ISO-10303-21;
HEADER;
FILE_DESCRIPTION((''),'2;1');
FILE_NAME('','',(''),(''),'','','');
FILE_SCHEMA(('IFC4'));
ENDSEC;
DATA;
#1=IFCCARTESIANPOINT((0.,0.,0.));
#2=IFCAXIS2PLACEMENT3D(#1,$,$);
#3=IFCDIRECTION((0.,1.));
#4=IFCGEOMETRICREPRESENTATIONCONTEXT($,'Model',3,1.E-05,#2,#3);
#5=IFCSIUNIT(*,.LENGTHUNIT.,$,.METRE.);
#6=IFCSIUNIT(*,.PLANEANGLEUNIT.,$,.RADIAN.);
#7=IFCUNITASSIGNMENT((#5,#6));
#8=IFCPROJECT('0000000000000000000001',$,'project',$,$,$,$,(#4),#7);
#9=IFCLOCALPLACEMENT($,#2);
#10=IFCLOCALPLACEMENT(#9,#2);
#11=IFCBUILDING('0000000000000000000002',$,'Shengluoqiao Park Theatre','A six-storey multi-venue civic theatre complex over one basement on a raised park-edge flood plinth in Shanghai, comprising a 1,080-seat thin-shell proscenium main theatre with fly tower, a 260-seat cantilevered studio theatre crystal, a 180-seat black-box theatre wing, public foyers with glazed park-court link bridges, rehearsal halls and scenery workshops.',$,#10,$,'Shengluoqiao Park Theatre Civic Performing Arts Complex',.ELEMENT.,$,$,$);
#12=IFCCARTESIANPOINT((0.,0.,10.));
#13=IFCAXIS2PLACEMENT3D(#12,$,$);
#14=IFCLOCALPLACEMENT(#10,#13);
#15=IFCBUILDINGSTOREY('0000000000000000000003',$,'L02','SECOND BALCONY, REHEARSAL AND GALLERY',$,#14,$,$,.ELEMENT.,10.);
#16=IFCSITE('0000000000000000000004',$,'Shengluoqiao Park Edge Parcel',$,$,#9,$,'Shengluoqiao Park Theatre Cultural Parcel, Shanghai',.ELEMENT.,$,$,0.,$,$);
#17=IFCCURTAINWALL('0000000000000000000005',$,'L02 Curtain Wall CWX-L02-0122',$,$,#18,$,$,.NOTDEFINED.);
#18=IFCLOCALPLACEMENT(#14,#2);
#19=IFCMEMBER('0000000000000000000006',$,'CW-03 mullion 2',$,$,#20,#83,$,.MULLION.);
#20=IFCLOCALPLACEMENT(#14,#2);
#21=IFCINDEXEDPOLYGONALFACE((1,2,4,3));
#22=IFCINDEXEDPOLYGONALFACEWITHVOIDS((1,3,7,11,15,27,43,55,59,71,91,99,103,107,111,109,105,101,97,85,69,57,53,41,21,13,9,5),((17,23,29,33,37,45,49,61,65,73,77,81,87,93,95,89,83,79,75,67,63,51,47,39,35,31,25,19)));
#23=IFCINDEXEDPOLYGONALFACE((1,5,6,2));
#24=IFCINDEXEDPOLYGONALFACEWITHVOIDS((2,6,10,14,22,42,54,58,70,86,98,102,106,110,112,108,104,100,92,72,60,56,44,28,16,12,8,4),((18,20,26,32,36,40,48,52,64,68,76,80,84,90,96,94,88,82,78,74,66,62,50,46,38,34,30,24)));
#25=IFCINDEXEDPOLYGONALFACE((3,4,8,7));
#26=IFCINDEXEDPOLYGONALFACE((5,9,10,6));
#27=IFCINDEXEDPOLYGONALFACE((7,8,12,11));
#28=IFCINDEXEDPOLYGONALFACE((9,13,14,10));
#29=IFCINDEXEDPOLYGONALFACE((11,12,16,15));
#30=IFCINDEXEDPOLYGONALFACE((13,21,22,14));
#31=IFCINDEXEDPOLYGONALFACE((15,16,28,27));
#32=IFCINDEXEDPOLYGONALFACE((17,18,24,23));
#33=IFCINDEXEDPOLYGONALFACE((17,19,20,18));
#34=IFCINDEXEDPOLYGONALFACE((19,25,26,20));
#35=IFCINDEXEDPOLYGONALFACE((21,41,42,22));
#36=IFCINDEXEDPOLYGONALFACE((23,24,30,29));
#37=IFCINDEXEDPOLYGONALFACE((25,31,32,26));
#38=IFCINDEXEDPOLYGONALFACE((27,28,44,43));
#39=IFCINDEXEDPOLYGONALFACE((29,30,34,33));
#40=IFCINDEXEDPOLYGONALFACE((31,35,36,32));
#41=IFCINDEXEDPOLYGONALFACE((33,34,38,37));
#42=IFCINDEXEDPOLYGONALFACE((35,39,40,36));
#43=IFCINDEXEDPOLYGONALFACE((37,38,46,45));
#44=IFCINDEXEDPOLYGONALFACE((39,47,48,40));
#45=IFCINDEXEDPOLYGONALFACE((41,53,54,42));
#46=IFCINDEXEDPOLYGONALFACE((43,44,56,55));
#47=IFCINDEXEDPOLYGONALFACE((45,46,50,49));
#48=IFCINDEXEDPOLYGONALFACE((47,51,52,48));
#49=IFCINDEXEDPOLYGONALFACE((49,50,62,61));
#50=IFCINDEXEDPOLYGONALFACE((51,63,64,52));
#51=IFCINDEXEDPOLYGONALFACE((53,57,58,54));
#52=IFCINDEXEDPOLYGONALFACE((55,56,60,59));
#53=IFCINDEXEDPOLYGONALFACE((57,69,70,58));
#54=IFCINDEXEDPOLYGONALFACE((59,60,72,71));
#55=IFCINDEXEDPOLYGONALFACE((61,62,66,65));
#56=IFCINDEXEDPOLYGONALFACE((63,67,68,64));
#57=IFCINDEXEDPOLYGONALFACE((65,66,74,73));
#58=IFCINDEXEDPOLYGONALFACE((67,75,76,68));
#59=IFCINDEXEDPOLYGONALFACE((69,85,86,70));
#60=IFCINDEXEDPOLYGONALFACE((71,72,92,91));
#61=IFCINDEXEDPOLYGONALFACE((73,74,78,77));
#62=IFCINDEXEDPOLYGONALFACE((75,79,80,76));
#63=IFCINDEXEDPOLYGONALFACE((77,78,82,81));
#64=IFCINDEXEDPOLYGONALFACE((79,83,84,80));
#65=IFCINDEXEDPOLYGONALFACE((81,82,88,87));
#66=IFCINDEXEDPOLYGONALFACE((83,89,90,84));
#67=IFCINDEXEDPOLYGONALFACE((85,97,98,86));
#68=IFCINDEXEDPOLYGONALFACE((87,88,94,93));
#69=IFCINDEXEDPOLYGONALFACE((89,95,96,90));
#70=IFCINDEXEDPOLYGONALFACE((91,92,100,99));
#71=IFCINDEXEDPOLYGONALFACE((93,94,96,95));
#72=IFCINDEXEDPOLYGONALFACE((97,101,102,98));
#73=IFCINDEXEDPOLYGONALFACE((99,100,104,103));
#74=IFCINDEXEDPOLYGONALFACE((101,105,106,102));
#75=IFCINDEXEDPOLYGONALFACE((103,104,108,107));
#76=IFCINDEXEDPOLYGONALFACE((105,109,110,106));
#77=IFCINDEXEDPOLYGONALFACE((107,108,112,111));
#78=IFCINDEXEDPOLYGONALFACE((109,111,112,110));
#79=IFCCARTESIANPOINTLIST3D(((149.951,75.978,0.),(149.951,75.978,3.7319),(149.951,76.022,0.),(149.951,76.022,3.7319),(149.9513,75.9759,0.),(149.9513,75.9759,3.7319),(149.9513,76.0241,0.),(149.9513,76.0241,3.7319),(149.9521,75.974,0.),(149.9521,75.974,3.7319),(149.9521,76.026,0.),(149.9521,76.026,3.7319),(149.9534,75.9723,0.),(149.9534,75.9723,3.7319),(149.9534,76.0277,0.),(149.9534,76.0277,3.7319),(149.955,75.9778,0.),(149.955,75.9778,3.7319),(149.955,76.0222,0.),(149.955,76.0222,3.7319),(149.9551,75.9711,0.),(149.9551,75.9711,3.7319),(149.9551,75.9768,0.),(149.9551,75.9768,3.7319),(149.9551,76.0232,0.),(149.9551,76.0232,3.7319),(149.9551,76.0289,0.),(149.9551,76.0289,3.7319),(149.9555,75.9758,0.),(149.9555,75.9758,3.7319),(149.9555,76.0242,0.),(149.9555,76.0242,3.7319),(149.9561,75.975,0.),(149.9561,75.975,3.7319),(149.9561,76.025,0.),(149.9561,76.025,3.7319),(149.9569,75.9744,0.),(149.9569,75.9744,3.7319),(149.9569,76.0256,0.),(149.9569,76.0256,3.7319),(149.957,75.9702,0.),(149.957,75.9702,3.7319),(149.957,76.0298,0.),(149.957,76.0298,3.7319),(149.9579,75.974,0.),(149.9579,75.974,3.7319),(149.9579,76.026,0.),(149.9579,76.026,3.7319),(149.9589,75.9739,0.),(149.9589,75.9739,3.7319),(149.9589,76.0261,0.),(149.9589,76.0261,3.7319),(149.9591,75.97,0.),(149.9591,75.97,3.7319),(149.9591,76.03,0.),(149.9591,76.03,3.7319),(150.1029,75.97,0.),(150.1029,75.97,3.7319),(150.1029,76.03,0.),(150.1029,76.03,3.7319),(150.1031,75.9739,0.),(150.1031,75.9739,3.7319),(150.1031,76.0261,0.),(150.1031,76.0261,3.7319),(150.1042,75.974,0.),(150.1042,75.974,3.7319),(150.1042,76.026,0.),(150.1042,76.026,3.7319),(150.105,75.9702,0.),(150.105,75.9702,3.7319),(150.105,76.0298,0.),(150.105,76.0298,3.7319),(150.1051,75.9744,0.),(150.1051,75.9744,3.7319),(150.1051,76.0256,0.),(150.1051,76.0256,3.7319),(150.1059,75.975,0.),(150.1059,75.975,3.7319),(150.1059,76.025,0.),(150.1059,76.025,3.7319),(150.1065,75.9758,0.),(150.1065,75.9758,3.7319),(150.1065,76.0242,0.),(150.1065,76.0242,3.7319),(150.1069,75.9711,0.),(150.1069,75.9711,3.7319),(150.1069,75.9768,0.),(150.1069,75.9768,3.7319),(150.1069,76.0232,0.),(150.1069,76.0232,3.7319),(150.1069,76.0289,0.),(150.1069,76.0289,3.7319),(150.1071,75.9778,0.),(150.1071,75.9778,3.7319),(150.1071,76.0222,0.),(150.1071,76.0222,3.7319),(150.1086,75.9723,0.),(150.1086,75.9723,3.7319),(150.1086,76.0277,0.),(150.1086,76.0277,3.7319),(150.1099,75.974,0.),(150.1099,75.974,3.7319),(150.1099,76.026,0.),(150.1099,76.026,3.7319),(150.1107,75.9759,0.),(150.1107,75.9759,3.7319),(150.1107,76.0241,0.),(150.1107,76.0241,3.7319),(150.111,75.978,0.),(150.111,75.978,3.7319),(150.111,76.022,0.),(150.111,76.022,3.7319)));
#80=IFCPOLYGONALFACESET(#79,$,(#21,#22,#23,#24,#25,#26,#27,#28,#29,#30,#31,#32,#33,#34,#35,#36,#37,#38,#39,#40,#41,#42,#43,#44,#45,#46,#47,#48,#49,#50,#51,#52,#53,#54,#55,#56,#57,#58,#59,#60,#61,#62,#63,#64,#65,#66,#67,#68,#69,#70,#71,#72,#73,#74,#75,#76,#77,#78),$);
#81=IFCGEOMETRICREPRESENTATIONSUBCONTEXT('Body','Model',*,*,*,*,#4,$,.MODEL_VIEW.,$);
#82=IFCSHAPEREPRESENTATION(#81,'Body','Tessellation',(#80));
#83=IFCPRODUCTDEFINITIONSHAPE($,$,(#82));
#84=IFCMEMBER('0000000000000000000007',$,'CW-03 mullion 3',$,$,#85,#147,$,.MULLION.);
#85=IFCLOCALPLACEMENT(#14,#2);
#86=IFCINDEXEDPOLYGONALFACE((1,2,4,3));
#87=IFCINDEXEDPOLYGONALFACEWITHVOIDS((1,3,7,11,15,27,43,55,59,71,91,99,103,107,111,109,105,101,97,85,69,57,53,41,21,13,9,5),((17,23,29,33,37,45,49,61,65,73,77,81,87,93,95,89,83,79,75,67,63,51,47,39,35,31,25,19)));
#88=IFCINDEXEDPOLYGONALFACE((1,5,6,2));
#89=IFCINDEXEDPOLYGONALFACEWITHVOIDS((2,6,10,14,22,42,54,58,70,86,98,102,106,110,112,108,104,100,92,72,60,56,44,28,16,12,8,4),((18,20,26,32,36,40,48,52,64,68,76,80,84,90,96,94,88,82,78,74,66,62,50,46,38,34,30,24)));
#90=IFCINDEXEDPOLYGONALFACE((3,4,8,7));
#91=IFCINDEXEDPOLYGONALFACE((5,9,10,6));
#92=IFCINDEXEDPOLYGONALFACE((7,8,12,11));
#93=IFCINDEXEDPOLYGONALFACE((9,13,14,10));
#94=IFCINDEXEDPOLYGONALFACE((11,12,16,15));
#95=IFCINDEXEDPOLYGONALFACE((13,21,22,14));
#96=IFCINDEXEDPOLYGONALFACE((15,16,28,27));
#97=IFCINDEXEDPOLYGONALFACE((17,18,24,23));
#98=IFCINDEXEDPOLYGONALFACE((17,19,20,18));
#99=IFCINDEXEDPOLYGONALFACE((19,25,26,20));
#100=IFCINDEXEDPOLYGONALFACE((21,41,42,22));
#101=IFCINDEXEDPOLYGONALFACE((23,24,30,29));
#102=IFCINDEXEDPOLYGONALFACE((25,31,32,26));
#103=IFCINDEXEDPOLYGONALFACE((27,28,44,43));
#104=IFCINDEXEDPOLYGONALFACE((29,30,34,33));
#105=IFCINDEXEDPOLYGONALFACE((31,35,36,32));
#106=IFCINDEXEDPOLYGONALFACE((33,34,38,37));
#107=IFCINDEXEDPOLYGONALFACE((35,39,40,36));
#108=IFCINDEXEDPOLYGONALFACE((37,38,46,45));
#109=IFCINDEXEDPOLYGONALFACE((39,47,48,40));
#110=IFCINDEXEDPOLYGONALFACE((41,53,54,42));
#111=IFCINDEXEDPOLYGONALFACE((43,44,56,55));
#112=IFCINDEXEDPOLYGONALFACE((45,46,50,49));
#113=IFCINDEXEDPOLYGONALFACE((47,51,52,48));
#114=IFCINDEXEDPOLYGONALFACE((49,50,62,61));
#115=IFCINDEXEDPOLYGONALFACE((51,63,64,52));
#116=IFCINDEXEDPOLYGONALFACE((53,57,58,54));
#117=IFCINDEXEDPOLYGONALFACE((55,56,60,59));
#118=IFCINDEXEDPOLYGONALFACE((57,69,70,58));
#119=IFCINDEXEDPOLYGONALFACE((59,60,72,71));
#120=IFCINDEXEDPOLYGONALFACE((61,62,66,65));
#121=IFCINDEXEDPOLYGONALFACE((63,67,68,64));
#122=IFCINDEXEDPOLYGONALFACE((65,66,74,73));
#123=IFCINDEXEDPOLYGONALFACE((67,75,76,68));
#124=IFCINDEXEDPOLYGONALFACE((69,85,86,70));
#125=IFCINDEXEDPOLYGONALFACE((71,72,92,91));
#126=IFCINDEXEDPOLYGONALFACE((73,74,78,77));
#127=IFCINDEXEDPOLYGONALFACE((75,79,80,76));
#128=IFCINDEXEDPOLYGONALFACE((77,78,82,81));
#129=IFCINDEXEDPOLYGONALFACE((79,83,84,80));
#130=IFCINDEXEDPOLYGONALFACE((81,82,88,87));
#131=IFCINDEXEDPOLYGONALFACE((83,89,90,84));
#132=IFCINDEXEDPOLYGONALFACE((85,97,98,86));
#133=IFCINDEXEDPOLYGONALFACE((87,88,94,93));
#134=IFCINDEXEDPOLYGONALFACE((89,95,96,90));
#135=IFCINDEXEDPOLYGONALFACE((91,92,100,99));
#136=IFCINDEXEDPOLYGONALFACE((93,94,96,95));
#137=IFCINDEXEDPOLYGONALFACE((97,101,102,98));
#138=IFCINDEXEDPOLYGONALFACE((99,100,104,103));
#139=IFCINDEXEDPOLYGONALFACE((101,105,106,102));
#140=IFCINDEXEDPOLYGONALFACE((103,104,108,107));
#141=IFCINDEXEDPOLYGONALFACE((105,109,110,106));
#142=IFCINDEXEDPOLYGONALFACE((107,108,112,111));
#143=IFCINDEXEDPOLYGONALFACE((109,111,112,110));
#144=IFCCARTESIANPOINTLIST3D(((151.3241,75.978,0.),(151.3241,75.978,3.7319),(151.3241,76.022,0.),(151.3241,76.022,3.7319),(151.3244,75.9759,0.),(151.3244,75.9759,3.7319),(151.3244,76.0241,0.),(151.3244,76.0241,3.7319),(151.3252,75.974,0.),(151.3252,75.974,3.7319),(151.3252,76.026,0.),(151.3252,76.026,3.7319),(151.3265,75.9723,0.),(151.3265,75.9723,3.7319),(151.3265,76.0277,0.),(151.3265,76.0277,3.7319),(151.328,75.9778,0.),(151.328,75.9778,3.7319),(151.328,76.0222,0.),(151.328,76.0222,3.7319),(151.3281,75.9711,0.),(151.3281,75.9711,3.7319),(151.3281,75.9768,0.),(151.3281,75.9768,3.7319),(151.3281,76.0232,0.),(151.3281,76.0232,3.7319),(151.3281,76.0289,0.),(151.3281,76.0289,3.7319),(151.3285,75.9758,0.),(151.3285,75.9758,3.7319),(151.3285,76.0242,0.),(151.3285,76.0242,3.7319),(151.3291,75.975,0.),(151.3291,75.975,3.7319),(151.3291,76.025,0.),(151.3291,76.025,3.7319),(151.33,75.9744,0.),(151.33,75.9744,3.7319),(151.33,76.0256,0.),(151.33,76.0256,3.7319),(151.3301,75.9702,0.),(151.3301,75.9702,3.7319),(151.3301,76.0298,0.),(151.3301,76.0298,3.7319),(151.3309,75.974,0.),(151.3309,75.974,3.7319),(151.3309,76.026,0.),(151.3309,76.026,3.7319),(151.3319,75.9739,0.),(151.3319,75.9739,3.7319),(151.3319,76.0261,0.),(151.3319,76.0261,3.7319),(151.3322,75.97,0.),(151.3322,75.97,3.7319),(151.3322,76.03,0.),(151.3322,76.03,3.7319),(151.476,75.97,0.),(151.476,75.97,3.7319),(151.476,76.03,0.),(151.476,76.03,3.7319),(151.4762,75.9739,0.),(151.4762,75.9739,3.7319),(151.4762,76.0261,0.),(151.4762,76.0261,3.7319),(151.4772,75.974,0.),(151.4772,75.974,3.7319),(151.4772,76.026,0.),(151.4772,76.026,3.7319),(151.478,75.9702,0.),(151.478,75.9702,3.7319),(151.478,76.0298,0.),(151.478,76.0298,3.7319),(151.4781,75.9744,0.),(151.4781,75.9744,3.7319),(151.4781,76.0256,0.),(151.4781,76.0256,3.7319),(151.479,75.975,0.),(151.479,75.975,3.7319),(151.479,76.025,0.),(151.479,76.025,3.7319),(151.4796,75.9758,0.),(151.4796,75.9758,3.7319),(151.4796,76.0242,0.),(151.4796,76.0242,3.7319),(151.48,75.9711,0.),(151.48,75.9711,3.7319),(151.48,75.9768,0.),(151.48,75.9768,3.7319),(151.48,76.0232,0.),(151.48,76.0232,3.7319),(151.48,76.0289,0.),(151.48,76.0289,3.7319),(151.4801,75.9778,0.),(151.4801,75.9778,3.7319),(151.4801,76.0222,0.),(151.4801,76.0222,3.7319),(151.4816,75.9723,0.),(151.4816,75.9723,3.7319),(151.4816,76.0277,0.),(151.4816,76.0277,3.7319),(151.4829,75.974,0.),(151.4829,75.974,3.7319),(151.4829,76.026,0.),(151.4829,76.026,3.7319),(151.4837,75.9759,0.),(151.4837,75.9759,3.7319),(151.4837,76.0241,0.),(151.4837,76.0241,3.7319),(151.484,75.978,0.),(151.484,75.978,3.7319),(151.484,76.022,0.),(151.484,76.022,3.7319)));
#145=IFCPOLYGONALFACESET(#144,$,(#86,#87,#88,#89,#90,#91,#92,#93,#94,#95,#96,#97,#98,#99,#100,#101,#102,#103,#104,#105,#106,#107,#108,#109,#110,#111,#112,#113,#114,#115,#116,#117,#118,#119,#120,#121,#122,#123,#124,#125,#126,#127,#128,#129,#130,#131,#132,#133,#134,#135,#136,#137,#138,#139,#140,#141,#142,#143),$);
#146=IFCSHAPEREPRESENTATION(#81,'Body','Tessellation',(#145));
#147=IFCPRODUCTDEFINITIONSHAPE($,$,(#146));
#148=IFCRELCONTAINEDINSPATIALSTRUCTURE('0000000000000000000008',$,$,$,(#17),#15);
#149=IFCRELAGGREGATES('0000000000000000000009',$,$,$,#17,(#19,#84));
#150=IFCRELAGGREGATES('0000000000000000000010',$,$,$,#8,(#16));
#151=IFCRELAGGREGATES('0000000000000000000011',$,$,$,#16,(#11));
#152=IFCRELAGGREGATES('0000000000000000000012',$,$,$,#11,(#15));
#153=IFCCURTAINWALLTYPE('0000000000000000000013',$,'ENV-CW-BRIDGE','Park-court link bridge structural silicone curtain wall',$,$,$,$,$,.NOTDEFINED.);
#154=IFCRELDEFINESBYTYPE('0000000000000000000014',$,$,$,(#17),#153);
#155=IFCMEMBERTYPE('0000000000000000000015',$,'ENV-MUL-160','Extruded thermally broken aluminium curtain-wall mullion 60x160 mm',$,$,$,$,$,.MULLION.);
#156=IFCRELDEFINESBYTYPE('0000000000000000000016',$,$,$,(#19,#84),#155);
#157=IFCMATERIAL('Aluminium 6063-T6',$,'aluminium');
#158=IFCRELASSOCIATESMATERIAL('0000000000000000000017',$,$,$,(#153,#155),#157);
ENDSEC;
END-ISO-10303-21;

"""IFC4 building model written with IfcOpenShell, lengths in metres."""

from ifc_helpers import new_model, si_unit, direction, frame, origin, origin_2d, place, context, subcontext, project, spatial, hollow_rectangle, extrude, material, material_profile, profile_set, type_object, element, aggregate, save


model = new_model("IFC4")

# Units and contexts
model_context = context("Model", 3, precision=1e-05, world=origin(), true_north=direction((0.0, 1.0)))
body_context = subcontext(model_context, "Body", "Model", "MODEL_VIEW")
ifc_project = project(units=[si_unit("LENGTHUNIT", "METRE"), si_unit("PLANEANGLEUNIT", "RADIAN")], contexts=[model_context])

# Site, building, storey
site_placement = place(None, origin())
site = spatial("IfcSite", under=ifc_project, at=site_placement, Name="Shengluoqiao Park Edge Parcel", LongName="Shengluoqiao Park Theatre Cultural Parcel, Shanghai", CompositionType="ELEMENT", RefElevation=0.0)
building_placement = place(site_placement, origin())
building = spatial("IfcBuilding", under=site, at=building_placement, Name="Shengluoqiao Park Theatre", Description="A six-storey multi-venue civic theatre complex over one basement on a raised park-edge flood plinth in Shanghai, comprising a 1,080-seat thin-shell proscenium main theatre with fly tower, a 260-seat cantilevered studio theatre crystal, a 180-seat black-box theatre wing, public foyers with glazed park-court link bridges, rehearsal halls and scenery workshops.", LongName="Shengluoqiao Park Theatre Civic Performing Arts Complex", CompositionType="ELEMENT")
storey_placement = place(building_placement, frame((0.0, 0.0, 10.0)))
storey = spatial("IfcBuildingStorey", under=building, at=storey_placement, Name="L02", Description="SECOND BALCONY, REHEARSAL AND GALLERY", CompositionType="ELEMENT", Elevation=10.0)

# Curtain wall, members
ifc_material_1 = material(Name="Aluminium 6063-T6", Category="aluminium")
curtain_wall_type_1 = type_object("IfcCurtainWallType", Name="ENV-CW-BRIDGE", Description="Park-court link bridge structural silicone curtain wall", PredefinedType="NOTDEFINED", material=ifc_material_1)
curtain_wall_1_placement = place(storey_placement, origin())
curtain_wall_1 = element("IfcCurtainWall", 1, at=curtain_wall_1_placement, inside=storey, type_object=curtain_wall_type_1, Name="L02 Curtain Wall CWX-L02-0122", PredefinedType="NOTDEFINED")
ifc_material_profile_1 = material_profile(ifc_material_1, hollow_rectangle(XDim=0.0601, YDim=0.1599, WallThickness=0.0039, InnerFilletRadius=0.0039, OuterFilletRadius=0.0081, at=origin_2d()), Name="ALU MULLION 160x60x4")
ifc_profile_set_1 = profile_set([ifc_material_profile_1], Name="Aluminium 6063-T6")
member_type_1 = type_object("IfcMemberType", Name="ENV-MUL-160", Description="Extruded thermally broken aluminium curtain-wall mullion 60x160 mm", PredefinedType="MULLION", material=ifc_profile_set_1)
member_1_placement = place(storey_placement, frame((150.031, 76.0, 0.0), z_axis=(0.0, 0.0, 1.0), x_axis=(0.0, 1.0, 0.0)))
member_1 = element("IfcMember", 2, at=member_1_placement, type_object=member_type_1, Name="CW-03 mullion 2", PredefinedType="MULLION", context=body_context, shape_type="SweptSolid", body=[
    extrude(hollow_rectangle(XDim=0.0601, YDim=0.1599, WallThickness=0.0039, InnerFilletRadius=0.0039, OuterFilletRadius=0.0081, at=origin_2d()), origin(), (0.0, 0.0, 1.0), 3.7319),
])
member_2_placement = place(storey_placement, frame((151.4041, 76.0, 0.0), z_axis=(0.0, 0.0, 1.0), x_axis=(0.0, 1.0, 0.0)))
member_2 = element("IfcMember", 3, at=member_2_placement, type_object=member_type_1, Name="CW-03 mullion 3", PredefinedType="MULLION", context=body_context, shape_type="SweptSolid", body=[
    extrude(hollow_rectangle(XDim=0.0601, YDim=0.1599, WallThickness=0.0039, InnerFilletRadius=0.0039, OuterFilletRadius=0.0081, at=origin_2d()), origin(), (0.0, 0.0, 1.0), 3.7319),
])

aggregate(curtain_wall_1, [member_1, member_2])

save(model, "model.ifc")
